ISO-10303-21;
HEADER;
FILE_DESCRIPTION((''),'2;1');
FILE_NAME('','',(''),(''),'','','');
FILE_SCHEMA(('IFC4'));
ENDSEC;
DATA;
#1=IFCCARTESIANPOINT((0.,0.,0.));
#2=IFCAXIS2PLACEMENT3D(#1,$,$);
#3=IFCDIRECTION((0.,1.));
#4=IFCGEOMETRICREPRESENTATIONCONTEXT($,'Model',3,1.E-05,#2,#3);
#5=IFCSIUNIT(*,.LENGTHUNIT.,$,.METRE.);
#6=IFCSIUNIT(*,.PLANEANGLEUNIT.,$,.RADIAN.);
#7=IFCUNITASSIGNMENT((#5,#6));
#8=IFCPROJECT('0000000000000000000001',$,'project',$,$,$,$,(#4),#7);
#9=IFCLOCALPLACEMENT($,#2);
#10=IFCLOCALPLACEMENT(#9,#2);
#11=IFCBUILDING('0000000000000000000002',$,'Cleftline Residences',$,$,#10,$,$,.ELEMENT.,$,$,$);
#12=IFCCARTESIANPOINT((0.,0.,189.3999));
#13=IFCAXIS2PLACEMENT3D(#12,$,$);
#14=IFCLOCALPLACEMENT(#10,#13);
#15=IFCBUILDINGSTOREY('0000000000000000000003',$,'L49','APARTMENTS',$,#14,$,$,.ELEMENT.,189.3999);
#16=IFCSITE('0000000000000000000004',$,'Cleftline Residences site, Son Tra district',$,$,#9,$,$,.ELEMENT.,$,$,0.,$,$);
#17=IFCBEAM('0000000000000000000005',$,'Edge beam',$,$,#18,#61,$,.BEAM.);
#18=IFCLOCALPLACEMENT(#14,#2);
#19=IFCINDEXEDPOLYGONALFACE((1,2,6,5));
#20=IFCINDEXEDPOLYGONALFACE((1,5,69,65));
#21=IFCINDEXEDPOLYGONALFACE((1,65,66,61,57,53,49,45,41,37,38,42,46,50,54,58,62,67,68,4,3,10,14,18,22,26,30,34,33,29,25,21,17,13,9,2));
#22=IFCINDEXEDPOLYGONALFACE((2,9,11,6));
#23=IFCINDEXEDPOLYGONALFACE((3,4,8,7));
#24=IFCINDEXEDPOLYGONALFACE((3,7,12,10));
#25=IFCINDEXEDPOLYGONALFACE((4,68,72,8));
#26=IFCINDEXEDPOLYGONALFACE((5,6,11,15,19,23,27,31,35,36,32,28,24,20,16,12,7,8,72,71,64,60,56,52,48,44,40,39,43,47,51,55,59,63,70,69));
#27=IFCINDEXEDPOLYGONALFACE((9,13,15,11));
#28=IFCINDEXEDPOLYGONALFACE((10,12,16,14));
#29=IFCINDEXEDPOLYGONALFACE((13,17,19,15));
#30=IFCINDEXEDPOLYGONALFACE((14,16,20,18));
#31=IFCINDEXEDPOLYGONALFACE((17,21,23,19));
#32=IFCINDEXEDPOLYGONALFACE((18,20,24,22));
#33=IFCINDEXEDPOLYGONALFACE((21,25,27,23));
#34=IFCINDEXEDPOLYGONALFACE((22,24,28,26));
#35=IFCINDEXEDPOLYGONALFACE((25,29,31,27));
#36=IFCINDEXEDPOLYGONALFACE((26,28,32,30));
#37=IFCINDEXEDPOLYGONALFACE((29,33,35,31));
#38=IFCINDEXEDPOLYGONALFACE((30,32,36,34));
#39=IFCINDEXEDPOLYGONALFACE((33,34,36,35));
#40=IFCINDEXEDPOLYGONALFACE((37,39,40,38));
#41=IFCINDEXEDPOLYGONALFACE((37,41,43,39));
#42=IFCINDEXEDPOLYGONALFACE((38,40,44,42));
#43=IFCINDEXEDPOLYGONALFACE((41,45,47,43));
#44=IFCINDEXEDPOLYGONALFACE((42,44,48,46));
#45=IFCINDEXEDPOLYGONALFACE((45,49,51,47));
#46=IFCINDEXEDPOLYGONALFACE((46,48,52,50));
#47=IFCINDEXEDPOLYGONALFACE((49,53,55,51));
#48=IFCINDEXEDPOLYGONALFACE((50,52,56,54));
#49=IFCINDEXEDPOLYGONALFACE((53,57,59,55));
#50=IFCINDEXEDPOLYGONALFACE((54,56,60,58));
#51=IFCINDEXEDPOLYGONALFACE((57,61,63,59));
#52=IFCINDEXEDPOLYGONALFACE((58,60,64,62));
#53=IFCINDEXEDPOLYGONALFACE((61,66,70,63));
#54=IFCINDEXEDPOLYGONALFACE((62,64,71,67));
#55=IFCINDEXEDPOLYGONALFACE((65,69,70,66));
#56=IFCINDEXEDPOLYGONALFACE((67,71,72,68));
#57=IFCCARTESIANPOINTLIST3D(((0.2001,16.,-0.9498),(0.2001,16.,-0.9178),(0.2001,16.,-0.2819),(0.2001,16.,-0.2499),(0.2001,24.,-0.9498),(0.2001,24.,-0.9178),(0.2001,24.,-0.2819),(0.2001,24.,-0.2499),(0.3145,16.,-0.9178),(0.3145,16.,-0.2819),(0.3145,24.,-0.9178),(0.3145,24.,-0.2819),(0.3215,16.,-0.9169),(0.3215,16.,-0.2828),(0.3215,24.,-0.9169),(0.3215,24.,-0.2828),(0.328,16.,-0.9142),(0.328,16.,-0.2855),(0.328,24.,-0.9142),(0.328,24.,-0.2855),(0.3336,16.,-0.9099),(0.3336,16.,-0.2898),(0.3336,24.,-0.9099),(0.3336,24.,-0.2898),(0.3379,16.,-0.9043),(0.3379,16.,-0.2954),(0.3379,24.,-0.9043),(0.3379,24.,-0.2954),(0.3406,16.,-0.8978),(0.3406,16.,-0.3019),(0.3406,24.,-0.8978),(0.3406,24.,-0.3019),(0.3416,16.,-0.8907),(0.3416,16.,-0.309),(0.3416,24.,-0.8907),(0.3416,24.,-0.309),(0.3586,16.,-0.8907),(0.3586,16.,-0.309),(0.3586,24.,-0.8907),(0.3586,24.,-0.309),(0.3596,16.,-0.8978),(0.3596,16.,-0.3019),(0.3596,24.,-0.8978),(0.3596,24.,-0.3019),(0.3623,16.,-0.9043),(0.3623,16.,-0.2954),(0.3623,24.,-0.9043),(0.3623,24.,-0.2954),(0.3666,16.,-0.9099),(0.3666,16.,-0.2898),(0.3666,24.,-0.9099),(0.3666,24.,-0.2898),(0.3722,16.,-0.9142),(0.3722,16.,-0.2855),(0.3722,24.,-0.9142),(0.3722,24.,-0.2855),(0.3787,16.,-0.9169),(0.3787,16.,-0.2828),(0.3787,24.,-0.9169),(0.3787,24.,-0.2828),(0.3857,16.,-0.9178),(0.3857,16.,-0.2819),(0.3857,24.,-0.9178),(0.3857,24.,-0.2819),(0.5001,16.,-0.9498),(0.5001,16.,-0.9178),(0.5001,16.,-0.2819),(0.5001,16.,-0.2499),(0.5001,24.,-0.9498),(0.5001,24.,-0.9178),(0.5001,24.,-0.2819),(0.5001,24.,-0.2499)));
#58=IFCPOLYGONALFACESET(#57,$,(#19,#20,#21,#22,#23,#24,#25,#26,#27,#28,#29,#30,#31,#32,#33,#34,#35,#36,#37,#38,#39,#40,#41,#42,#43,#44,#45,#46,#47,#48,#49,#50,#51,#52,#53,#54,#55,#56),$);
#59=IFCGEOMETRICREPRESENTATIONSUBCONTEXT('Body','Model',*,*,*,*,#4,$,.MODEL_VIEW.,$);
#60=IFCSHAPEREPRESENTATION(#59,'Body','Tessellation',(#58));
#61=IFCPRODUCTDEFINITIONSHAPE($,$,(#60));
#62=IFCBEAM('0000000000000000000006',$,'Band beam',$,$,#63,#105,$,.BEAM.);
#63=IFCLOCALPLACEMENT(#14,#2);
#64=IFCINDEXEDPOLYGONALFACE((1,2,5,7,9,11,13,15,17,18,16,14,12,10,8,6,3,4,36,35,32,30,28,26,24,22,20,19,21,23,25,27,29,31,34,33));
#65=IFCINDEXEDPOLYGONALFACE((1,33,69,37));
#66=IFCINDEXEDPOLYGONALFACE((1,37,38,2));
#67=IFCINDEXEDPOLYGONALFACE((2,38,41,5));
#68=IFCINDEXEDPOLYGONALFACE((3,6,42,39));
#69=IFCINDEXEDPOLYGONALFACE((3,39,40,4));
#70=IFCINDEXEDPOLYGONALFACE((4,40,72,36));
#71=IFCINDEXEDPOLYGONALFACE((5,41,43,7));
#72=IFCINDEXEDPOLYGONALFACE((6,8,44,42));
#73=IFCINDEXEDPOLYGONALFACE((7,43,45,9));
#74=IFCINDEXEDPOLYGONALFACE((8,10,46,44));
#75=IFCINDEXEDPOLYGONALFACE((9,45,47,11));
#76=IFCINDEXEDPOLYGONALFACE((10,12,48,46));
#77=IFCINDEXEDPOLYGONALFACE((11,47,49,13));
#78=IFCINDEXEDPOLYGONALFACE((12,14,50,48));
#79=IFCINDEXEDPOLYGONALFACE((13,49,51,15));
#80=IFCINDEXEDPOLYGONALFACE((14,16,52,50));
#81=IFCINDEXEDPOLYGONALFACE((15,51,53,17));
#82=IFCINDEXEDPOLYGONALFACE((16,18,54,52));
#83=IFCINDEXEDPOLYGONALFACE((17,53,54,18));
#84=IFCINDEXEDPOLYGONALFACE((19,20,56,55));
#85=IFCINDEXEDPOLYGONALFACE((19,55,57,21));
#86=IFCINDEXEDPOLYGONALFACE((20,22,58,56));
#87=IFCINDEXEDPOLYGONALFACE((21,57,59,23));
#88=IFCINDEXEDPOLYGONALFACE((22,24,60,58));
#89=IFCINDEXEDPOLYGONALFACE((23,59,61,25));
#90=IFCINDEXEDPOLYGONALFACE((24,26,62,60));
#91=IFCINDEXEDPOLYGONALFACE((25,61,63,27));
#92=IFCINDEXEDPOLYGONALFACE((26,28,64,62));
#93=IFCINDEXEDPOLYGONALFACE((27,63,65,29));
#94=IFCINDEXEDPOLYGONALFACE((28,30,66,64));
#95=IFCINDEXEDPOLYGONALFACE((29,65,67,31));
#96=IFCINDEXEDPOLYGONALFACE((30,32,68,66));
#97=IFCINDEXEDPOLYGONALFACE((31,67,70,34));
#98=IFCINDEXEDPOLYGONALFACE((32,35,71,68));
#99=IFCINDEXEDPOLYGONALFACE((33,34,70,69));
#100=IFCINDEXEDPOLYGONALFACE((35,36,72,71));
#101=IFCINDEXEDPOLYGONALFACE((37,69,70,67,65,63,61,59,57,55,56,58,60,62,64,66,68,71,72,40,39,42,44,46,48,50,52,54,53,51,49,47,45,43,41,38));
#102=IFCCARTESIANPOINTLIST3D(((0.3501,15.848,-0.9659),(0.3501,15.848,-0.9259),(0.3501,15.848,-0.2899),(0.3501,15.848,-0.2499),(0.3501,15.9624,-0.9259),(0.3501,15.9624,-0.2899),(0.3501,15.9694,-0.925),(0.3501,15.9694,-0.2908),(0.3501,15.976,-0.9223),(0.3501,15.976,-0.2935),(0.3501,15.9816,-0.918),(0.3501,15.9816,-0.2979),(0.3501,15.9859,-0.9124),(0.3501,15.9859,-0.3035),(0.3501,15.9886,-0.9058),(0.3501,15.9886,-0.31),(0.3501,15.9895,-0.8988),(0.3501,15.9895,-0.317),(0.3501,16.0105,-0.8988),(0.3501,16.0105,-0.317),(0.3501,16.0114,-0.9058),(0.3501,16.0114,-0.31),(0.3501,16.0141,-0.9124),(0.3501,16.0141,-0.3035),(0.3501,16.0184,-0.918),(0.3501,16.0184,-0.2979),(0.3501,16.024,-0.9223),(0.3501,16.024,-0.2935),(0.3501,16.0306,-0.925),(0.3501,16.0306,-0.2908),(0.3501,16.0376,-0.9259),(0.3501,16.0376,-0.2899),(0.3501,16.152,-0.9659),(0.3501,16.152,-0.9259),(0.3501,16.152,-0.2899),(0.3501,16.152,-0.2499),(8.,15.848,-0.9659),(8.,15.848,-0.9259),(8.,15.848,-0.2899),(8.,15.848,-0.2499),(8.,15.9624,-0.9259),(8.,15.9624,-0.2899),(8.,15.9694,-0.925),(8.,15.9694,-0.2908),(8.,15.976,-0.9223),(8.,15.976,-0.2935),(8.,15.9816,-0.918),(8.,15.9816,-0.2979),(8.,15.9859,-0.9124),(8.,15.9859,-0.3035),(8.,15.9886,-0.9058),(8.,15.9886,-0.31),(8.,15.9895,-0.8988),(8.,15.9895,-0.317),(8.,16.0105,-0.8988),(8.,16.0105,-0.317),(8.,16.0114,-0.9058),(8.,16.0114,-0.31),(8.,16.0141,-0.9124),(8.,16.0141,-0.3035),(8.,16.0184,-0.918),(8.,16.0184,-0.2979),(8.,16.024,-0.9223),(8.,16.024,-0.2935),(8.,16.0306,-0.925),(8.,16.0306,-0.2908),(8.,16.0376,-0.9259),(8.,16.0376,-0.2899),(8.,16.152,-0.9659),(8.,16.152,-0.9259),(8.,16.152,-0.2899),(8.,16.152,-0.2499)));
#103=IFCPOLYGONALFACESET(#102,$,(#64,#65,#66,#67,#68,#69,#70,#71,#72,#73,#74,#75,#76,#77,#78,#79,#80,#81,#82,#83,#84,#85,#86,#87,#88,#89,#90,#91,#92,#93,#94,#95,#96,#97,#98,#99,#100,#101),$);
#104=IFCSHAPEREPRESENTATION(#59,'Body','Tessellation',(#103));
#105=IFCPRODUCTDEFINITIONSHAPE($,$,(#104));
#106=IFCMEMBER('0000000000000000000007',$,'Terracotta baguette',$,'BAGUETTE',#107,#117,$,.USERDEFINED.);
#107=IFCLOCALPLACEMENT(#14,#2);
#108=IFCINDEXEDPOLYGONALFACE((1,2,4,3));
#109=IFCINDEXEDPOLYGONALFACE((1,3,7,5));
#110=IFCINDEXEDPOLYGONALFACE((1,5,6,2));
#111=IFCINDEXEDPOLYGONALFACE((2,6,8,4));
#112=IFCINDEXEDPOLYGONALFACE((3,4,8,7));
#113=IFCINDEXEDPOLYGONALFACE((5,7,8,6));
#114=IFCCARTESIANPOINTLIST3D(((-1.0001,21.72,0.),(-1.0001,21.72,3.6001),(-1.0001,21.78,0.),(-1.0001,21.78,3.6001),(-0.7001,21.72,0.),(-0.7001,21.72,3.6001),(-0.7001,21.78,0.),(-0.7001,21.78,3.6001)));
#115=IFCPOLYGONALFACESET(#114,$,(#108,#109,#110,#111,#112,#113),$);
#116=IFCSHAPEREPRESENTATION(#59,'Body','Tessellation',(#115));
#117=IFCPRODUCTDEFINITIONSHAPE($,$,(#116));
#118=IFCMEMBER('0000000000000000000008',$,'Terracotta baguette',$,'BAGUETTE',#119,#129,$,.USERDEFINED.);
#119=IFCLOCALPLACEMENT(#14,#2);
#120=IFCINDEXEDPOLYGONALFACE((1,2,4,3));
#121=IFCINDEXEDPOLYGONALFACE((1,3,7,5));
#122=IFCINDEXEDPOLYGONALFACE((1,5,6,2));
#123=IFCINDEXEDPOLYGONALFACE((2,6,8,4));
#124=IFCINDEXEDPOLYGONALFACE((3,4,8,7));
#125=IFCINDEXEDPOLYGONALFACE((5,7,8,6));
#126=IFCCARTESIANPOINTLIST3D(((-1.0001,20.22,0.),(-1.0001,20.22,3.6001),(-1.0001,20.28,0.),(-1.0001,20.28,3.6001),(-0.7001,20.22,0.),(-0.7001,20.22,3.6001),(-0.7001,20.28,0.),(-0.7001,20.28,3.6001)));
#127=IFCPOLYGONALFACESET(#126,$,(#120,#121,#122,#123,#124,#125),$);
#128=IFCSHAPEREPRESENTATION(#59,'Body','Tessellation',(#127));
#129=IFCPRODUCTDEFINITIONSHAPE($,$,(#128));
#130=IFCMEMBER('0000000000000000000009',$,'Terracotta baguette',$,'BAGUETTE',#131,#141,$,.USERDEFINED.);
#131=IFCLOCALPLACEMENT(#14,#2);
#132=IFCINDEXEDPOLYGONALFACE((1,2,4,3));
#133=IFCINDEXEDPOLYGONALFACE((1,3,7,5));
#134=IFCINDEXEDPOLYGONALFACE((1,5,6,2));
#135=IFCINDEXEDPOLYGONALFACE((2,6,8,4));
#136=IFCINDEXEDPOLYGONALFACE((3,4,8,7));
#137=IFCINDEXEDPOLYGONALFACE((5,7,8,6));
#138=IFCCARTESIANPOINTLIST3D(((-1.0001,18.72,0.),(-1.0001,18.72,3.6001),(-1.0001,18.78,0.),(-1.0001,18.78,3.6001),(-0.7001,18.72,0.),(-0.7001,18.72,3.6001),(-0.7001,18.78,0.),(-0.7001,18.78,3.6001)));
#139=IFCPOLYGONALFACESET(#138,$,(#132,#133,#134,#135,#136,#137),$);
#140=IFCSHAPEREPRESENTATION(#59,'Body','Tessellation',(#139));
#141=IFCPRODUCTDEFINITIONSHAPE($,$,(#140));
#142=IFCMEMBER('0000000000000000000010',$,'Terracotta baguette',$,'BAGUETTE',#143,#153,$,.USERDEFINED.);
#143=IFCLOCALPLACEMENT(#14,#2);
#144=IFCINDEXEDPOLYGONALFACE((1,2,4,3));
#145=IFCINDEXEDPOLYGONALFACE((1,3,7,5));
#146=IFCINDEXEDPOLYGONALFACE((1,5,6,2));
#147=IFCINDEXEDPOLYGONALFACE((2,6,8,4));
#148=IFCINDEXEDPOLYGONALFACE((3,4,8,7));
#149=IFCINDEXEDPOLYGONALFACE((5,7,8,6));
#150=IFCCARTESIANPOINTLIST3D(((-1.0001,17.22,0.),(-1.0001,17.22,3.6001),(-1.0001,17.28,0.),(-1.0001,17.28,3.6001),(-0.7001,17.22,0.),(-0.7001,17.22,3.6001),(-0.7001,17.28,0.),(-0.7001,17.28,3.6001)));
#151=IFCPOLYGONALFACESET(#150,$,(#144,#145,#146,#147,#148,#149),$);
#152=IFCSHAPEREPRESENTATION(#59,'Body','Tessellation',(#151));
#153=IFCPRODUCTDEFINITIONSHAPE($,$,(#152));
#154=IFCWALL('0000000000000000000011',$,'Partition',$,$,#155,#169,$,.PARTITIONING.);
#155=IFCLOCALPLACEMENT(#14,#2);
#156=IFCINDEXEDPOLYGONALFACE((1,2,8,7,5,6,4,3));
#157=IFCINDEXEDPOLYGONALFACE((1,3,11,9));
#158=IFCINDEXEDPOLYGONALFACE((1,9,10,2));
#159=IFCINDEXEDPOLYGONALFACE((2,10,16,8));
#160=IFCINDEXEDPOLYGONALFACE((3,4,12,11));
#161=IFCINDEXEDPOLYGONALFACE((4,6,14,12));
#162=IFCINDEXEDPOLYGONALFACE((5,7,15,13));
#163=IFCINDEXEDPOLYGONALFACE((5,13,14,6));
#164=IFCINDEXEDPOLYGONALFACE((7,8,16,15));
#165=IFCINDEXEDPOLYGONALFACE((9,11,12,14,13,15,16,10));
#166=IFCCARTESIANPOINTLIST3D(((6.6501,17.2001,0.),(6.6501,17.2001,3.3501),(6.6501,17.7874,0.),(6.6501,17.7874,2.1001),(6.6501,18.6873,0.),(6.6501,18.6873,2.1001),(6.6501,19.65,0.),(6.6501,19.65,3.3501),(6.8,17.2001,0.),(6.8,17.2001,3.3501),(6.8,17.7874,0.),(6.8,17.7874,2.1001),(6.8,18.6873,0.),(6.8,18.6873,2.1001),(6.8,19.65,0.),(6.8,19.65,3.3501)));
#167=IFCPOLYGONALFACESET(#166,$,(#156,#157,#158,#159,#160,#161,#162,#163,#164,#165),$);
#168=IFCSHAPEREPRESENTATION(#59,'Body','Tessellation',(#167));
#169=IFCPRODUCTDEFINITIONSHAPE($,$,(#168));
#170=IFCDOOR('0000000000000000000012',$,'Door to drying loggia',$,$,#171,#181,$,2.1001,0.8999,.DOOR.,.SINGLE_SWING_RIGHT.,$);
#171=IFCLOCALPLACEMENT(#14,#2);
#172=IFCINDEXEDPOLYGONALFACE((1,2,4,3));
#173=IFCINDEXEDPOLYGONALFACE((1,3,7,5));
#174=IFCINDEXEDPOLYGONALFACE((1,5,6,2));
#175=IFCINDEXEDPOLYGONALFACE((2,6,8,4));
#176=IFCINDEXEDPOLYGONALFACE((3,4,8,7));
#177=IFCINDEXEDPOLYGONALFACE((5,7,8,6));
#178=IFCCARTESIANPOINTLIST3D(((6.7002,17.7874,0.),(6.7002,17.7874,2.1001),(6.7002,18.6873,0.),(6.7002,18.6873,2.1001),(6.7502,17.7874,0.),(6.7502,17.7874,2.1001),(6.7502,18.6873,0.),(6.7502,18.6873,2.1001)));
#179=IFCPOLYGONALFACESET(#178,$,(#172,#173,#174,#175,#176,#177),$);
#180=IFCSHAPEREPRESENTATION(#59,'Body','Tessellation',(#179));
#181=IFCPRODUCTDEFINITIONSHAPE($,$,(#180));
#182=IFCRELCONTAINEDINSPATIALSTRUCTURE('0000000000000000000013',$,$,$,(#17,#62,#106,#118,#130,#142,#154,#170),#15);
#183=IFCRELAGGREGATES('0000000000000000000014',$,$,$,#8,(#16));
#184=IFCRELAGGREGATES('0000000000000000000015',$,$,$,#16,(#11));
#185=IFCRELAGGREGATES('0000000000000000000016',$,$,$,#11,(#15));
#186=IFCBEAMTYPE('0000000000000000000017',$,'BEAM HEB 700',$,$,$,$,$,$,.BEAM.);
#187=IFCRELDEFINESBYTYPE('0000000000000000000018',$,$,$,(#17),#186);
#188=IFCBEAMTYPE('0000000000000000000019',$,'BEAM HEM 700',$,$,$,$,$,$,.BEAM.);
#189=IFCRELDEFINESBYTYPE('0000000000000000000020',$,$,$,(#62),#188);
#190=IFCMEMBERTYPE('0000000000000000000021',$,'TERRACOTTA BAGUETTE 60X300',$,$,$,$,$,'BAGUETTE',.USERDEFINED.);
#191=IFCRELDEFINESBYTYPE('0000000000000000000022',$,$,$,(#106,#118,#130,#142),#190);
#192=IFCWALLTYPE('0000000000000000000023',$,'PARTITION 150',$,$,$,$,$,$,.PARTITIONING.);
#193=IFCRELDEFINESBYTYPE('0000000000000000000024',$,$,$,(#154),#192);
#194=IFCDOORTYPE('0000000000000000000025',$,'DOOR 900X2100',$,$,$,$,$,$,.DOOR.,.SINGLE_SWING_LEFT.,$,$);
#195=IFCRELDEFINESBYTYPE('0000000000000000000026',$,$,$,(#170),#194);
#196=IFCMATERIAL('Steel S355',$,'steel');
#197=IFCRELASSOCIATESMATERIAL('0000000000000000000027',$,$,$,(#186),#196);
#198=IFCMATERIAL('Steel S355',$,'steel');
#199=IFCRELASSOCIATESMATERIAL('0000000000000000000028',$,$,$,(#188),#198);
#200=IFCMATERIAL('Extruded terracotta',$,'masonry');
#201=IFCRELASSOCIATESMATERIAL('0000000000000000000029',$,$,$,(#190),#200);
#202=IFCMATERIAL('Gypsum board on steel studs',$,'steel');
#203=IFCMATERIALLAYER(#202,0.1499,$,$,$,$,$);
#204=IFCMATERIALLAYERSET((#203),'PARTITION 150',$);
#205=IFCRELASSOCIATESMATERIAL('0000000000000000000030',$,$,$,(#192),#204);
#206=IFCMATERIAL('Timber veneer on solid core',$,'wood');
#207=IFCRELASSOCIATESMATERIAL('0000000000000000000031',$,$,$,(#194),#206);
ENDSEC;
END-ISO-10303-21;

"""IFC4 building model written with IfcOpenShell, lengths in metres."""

from ifc_helpers import new_model, si_unit, direction, frame, frame_2d, origin, origin_2d, place, context, subcontext, project, spatial, rectangle, i_section, extrude, material, layer, layer_set, material_profile, profile_set, type_object, element, fill, save


model = new_model("IFC4")

# Units and contexts
model_context = context("Model", 3, precision=1e-05, world=origin(), true_north=direction((0.0, 1.0)))
body_context = subcontext(model_context, "Body", "Model", "MODEL_VIEW")
ifc_project = project(units=[si_unit("LENGTHUNIT", "METRE"), si_unit("PLANEANGLEUNIT", "RADIAN")], contexts=[model_context])

# Site, building, storey
site_placement = place(None, origin())
site = spatial("IfcSite", under=ifc_project, at=site_placement, Name="Cleftline Residences site, Son Tra district", CompositionType="ELEMENT", RefElevation=0.0)
building_placement = place(site_placement, origin())
building = spatial("IfcBuilding", under=site, at=building_placement, Name="Cleftline Residences", CompositionType="ELEMENT")
storey_placement = place(building_placement, frame((0.0, 0.0, 189.3999)))
storey = spatial("IfcBuildingStorey", under=building, at=storey_placement, Name="L49", Description="APARTMENTS", CompositionType="ELEMENT", Elevation=189.3999)

# Beams
ifc_material_1 = material(Name="Steel S355", Category="steel")
ifc_material_profile_1 = material_profile(ifc_material_1, i_section(OverallWidth=0.3, OverallDepth=0.7, WebThickness=0.0171, FlangeThickness=0.032, FilletRadius=0.0271, at=origin_2d()))
ifc_profile_set_1 = profile_set([ifc_material_profile_1], Name="Steel S355")
beam_type_1 = type_object("IfcBeamType", Name="BEAM HEB 700", PredefinedType="BEAM", material=ifc_profile_set_1)
beam_1_placement = place(storey_placement, frame((0.3501, 16.0, -0.5999), z_axis=(0.0, 1.0, 0.0), x_axis=(-1.0, 0.0, 0.0)))
element("IfcBeam", 1, at=beam_1_placement, inside=storey, type_object=beam_type_1, Name="Edge beam", PredefinedType="BEAM", context=body_context, shape_type="SweptSolid", body=[
    extrude(i_section(OverallWidth=0.3, OverallDepth=0.7, WebThickness=0.0171, FlangeThickness=0.032, FilletRadius=0.0271, at=origin_2d()), origin(), (0.0, 0.0, 1.0), 8.0),
])
ifc_material_2 = material(Name="Steel S355", Category="steel")
ifc_material_profile_2 = material_profile(ifc_material_2, i_section(OverallWidth=0.304, OverallDepth=0.7161, WebThickness=0.021, FlangeThickness=0.04, FilletRadius=0.0271, at=origin_2d()))
ifc_profile_set_2 = profile_set([ifc_material_profile_2], Name="Steel S355")
beam_type_2 = type_object("IfcBeamType", Name="BEAM HEM 700", PredefinedType="BEAM", material=ifc_profile_set_2)
beam_2_placement = place(storey_placement, frame((0.3501, 16.0, -0.6079), z_axis=(1.0, 0.0, 0.0), x_axis=(0.0, 1.0, 0.0)))
element("IfcBeam", 2, at=beam_2_placement, inside=storey, type_object=beam_type_2, Name="Band beam", PredefinedType="BEAM", context=body_context, shape_type="SweptSolid", body=[
    extrude(i_section(OverallWidth=0.304, OverallDepth=0.7161, WebThickness=0.021, FlangeThickness=0.04, FilletRadius=0.0271, at=origin_2d()), origin(), (0.0, 0.0, 1.0), 7.6499),
])

# Members
ifc_material_3 = material(Name="Extruded terracotta", Category="masonry")
ifc_material_profile_3 = material_profile(ifc_material_3, rectangle(XDim=0.0601, YDim=0.3, at=origin_2d()))
ifc_profile_set_3 = profile_set([ifc_material_profile_3], Name="Extruded terracotta")
member_type_1 = type_object("IfcMemberType", Name="TERRACOTTA BAGUETTE 60X300", ElementType="BAGUETTE", PredefinedType="USERDEFINED", material=ifc_profile_set_3)
for number, where, z_axis, x_axis, name in (
    (3, (-0.8501, 21.75, 0.0), (0.0, 0.0, 1.0), (0.0, 1.0, 0.0), "Terracotta baguette"),
    (4, (-0.8501, 20.25, 0.0), (0.0, 0.0, 1.0), (0.0, 1.0, 0.0), "Terracotta baguette"),
    (5, (-0.8501, 18.75, 0.0), (0.0, 0.0, 1.0), (0.0, 1.0, 0.0), "Terracotta baguette"),
    (6, (-0.8501, 17.25, 0.0), (0.0, 0.0, 1.0), (0.0, 1.0, 0.0), "Terracotta baguette"),
):
    element("IfcMember", number, at=place(storey_placement, frame(where, z_axis=z_axis, x_axis=x_axis)), inside=storey, type_object=member_type_1, Name=name, ObjectType="BAGUETTE", PredefinedType="USERDEFINED", context=body_context, shape_type="SweptSolid", body=[
        extrude(rectangle(XDim=0.0601, YDim=0.3, at=origin_2d()), origin(), (0.0, 0.0, 1.0), 3.6001),
    ])

# Wall, opening, door
ifc_material_4 = material(Name="Gypsum board on steel studs", Category="steel")
ifc_layer_1 = layer(ifc_material_4, 0.1499)
ifc_layer_set_1 = layer_set([ifc_layer_1], Name="PARTITION 150")
wall_type_1 = type_object("IfcWallType", Name="PARTITION 150", PredefinedType="PARTITIONING", material=ifc_layer_set_1)
wall_1_placement = place(storey_placement, frame((6.7251, 17.2, 0.0), z_axis=(0.0, 0.0, 1.0), x_axis=(0.0, 1.0, 0.0)))
wall_1 = element("IfcWall", 7, at=wall_1_placement, inside=storey, type_object=wall_type_1, Name="Partition", PredefinedType="PARTITIONING", context=body_context, shape_type="SweptSolid", body=[
    extrude(rectangle(XDim=2.45, YDim=0.1499, at=frame_2d((1.2251, 0.0))), origin(), (0.0, 0.0, 1.0), 3.3501),
])
opening_1_placement = place(wall_1_placement, frame((0.5874, 0.0, 0.0)))
opening_1 = element("IfcOpeningElement", 8, at=opening_1_placement, cuts=wall_1, PredefinedType="OPENING", context=body_context, shape_type="SweptSolid", body=[
    extrude(rectangle(XDim=0.8999, YDim=2.1001, at=frame_2d((0.45, 1.05))), frame((0.0, 0.085, 0.0), z_axis=(0.0, -1.0, 0.0), x_axis=(1.0, 0.0, 0.0)), (0.0, 0.0, 1.0), 0.1699),
])
ifc_material_5 = material(Name="Timber veneer on solid core", Category="wood")
door_type_1 = type_object("IfcDoorType", Name="DOOR 900X2100", OperationType="SINGLE_SWING_LEFT", PredefinedType="DOOR", material=ifc_material_5)
door_1_placement = place(opening_1_placement, origin())
door_1 = element("IfcDoor", 9, at=door_1_placement, inside=storey, type_object=door_type_1, Name="Door to drying loggia", OperationType="SINGLE_SWING_RIGHT", OverallHeight=2.1001, OverallWidth=0.8999, PredefinedType="DOOR", context=body_context, shape_type="SweptSolid", body=[
    extrude(rectangle(XDim=0.8999, YDim=2.1001, at=frame_2d((0.45, 1.05))), frame((0.0, 0.0249, 0.0), z_axis=(0.0, -1.0, 0.0), x_axis=(1.0, 0.0, 0.0)), (0.0, 0.0, 1.0), 0.05),
])
fill(opening_1, door_1)

save(model, "model.ifc")
